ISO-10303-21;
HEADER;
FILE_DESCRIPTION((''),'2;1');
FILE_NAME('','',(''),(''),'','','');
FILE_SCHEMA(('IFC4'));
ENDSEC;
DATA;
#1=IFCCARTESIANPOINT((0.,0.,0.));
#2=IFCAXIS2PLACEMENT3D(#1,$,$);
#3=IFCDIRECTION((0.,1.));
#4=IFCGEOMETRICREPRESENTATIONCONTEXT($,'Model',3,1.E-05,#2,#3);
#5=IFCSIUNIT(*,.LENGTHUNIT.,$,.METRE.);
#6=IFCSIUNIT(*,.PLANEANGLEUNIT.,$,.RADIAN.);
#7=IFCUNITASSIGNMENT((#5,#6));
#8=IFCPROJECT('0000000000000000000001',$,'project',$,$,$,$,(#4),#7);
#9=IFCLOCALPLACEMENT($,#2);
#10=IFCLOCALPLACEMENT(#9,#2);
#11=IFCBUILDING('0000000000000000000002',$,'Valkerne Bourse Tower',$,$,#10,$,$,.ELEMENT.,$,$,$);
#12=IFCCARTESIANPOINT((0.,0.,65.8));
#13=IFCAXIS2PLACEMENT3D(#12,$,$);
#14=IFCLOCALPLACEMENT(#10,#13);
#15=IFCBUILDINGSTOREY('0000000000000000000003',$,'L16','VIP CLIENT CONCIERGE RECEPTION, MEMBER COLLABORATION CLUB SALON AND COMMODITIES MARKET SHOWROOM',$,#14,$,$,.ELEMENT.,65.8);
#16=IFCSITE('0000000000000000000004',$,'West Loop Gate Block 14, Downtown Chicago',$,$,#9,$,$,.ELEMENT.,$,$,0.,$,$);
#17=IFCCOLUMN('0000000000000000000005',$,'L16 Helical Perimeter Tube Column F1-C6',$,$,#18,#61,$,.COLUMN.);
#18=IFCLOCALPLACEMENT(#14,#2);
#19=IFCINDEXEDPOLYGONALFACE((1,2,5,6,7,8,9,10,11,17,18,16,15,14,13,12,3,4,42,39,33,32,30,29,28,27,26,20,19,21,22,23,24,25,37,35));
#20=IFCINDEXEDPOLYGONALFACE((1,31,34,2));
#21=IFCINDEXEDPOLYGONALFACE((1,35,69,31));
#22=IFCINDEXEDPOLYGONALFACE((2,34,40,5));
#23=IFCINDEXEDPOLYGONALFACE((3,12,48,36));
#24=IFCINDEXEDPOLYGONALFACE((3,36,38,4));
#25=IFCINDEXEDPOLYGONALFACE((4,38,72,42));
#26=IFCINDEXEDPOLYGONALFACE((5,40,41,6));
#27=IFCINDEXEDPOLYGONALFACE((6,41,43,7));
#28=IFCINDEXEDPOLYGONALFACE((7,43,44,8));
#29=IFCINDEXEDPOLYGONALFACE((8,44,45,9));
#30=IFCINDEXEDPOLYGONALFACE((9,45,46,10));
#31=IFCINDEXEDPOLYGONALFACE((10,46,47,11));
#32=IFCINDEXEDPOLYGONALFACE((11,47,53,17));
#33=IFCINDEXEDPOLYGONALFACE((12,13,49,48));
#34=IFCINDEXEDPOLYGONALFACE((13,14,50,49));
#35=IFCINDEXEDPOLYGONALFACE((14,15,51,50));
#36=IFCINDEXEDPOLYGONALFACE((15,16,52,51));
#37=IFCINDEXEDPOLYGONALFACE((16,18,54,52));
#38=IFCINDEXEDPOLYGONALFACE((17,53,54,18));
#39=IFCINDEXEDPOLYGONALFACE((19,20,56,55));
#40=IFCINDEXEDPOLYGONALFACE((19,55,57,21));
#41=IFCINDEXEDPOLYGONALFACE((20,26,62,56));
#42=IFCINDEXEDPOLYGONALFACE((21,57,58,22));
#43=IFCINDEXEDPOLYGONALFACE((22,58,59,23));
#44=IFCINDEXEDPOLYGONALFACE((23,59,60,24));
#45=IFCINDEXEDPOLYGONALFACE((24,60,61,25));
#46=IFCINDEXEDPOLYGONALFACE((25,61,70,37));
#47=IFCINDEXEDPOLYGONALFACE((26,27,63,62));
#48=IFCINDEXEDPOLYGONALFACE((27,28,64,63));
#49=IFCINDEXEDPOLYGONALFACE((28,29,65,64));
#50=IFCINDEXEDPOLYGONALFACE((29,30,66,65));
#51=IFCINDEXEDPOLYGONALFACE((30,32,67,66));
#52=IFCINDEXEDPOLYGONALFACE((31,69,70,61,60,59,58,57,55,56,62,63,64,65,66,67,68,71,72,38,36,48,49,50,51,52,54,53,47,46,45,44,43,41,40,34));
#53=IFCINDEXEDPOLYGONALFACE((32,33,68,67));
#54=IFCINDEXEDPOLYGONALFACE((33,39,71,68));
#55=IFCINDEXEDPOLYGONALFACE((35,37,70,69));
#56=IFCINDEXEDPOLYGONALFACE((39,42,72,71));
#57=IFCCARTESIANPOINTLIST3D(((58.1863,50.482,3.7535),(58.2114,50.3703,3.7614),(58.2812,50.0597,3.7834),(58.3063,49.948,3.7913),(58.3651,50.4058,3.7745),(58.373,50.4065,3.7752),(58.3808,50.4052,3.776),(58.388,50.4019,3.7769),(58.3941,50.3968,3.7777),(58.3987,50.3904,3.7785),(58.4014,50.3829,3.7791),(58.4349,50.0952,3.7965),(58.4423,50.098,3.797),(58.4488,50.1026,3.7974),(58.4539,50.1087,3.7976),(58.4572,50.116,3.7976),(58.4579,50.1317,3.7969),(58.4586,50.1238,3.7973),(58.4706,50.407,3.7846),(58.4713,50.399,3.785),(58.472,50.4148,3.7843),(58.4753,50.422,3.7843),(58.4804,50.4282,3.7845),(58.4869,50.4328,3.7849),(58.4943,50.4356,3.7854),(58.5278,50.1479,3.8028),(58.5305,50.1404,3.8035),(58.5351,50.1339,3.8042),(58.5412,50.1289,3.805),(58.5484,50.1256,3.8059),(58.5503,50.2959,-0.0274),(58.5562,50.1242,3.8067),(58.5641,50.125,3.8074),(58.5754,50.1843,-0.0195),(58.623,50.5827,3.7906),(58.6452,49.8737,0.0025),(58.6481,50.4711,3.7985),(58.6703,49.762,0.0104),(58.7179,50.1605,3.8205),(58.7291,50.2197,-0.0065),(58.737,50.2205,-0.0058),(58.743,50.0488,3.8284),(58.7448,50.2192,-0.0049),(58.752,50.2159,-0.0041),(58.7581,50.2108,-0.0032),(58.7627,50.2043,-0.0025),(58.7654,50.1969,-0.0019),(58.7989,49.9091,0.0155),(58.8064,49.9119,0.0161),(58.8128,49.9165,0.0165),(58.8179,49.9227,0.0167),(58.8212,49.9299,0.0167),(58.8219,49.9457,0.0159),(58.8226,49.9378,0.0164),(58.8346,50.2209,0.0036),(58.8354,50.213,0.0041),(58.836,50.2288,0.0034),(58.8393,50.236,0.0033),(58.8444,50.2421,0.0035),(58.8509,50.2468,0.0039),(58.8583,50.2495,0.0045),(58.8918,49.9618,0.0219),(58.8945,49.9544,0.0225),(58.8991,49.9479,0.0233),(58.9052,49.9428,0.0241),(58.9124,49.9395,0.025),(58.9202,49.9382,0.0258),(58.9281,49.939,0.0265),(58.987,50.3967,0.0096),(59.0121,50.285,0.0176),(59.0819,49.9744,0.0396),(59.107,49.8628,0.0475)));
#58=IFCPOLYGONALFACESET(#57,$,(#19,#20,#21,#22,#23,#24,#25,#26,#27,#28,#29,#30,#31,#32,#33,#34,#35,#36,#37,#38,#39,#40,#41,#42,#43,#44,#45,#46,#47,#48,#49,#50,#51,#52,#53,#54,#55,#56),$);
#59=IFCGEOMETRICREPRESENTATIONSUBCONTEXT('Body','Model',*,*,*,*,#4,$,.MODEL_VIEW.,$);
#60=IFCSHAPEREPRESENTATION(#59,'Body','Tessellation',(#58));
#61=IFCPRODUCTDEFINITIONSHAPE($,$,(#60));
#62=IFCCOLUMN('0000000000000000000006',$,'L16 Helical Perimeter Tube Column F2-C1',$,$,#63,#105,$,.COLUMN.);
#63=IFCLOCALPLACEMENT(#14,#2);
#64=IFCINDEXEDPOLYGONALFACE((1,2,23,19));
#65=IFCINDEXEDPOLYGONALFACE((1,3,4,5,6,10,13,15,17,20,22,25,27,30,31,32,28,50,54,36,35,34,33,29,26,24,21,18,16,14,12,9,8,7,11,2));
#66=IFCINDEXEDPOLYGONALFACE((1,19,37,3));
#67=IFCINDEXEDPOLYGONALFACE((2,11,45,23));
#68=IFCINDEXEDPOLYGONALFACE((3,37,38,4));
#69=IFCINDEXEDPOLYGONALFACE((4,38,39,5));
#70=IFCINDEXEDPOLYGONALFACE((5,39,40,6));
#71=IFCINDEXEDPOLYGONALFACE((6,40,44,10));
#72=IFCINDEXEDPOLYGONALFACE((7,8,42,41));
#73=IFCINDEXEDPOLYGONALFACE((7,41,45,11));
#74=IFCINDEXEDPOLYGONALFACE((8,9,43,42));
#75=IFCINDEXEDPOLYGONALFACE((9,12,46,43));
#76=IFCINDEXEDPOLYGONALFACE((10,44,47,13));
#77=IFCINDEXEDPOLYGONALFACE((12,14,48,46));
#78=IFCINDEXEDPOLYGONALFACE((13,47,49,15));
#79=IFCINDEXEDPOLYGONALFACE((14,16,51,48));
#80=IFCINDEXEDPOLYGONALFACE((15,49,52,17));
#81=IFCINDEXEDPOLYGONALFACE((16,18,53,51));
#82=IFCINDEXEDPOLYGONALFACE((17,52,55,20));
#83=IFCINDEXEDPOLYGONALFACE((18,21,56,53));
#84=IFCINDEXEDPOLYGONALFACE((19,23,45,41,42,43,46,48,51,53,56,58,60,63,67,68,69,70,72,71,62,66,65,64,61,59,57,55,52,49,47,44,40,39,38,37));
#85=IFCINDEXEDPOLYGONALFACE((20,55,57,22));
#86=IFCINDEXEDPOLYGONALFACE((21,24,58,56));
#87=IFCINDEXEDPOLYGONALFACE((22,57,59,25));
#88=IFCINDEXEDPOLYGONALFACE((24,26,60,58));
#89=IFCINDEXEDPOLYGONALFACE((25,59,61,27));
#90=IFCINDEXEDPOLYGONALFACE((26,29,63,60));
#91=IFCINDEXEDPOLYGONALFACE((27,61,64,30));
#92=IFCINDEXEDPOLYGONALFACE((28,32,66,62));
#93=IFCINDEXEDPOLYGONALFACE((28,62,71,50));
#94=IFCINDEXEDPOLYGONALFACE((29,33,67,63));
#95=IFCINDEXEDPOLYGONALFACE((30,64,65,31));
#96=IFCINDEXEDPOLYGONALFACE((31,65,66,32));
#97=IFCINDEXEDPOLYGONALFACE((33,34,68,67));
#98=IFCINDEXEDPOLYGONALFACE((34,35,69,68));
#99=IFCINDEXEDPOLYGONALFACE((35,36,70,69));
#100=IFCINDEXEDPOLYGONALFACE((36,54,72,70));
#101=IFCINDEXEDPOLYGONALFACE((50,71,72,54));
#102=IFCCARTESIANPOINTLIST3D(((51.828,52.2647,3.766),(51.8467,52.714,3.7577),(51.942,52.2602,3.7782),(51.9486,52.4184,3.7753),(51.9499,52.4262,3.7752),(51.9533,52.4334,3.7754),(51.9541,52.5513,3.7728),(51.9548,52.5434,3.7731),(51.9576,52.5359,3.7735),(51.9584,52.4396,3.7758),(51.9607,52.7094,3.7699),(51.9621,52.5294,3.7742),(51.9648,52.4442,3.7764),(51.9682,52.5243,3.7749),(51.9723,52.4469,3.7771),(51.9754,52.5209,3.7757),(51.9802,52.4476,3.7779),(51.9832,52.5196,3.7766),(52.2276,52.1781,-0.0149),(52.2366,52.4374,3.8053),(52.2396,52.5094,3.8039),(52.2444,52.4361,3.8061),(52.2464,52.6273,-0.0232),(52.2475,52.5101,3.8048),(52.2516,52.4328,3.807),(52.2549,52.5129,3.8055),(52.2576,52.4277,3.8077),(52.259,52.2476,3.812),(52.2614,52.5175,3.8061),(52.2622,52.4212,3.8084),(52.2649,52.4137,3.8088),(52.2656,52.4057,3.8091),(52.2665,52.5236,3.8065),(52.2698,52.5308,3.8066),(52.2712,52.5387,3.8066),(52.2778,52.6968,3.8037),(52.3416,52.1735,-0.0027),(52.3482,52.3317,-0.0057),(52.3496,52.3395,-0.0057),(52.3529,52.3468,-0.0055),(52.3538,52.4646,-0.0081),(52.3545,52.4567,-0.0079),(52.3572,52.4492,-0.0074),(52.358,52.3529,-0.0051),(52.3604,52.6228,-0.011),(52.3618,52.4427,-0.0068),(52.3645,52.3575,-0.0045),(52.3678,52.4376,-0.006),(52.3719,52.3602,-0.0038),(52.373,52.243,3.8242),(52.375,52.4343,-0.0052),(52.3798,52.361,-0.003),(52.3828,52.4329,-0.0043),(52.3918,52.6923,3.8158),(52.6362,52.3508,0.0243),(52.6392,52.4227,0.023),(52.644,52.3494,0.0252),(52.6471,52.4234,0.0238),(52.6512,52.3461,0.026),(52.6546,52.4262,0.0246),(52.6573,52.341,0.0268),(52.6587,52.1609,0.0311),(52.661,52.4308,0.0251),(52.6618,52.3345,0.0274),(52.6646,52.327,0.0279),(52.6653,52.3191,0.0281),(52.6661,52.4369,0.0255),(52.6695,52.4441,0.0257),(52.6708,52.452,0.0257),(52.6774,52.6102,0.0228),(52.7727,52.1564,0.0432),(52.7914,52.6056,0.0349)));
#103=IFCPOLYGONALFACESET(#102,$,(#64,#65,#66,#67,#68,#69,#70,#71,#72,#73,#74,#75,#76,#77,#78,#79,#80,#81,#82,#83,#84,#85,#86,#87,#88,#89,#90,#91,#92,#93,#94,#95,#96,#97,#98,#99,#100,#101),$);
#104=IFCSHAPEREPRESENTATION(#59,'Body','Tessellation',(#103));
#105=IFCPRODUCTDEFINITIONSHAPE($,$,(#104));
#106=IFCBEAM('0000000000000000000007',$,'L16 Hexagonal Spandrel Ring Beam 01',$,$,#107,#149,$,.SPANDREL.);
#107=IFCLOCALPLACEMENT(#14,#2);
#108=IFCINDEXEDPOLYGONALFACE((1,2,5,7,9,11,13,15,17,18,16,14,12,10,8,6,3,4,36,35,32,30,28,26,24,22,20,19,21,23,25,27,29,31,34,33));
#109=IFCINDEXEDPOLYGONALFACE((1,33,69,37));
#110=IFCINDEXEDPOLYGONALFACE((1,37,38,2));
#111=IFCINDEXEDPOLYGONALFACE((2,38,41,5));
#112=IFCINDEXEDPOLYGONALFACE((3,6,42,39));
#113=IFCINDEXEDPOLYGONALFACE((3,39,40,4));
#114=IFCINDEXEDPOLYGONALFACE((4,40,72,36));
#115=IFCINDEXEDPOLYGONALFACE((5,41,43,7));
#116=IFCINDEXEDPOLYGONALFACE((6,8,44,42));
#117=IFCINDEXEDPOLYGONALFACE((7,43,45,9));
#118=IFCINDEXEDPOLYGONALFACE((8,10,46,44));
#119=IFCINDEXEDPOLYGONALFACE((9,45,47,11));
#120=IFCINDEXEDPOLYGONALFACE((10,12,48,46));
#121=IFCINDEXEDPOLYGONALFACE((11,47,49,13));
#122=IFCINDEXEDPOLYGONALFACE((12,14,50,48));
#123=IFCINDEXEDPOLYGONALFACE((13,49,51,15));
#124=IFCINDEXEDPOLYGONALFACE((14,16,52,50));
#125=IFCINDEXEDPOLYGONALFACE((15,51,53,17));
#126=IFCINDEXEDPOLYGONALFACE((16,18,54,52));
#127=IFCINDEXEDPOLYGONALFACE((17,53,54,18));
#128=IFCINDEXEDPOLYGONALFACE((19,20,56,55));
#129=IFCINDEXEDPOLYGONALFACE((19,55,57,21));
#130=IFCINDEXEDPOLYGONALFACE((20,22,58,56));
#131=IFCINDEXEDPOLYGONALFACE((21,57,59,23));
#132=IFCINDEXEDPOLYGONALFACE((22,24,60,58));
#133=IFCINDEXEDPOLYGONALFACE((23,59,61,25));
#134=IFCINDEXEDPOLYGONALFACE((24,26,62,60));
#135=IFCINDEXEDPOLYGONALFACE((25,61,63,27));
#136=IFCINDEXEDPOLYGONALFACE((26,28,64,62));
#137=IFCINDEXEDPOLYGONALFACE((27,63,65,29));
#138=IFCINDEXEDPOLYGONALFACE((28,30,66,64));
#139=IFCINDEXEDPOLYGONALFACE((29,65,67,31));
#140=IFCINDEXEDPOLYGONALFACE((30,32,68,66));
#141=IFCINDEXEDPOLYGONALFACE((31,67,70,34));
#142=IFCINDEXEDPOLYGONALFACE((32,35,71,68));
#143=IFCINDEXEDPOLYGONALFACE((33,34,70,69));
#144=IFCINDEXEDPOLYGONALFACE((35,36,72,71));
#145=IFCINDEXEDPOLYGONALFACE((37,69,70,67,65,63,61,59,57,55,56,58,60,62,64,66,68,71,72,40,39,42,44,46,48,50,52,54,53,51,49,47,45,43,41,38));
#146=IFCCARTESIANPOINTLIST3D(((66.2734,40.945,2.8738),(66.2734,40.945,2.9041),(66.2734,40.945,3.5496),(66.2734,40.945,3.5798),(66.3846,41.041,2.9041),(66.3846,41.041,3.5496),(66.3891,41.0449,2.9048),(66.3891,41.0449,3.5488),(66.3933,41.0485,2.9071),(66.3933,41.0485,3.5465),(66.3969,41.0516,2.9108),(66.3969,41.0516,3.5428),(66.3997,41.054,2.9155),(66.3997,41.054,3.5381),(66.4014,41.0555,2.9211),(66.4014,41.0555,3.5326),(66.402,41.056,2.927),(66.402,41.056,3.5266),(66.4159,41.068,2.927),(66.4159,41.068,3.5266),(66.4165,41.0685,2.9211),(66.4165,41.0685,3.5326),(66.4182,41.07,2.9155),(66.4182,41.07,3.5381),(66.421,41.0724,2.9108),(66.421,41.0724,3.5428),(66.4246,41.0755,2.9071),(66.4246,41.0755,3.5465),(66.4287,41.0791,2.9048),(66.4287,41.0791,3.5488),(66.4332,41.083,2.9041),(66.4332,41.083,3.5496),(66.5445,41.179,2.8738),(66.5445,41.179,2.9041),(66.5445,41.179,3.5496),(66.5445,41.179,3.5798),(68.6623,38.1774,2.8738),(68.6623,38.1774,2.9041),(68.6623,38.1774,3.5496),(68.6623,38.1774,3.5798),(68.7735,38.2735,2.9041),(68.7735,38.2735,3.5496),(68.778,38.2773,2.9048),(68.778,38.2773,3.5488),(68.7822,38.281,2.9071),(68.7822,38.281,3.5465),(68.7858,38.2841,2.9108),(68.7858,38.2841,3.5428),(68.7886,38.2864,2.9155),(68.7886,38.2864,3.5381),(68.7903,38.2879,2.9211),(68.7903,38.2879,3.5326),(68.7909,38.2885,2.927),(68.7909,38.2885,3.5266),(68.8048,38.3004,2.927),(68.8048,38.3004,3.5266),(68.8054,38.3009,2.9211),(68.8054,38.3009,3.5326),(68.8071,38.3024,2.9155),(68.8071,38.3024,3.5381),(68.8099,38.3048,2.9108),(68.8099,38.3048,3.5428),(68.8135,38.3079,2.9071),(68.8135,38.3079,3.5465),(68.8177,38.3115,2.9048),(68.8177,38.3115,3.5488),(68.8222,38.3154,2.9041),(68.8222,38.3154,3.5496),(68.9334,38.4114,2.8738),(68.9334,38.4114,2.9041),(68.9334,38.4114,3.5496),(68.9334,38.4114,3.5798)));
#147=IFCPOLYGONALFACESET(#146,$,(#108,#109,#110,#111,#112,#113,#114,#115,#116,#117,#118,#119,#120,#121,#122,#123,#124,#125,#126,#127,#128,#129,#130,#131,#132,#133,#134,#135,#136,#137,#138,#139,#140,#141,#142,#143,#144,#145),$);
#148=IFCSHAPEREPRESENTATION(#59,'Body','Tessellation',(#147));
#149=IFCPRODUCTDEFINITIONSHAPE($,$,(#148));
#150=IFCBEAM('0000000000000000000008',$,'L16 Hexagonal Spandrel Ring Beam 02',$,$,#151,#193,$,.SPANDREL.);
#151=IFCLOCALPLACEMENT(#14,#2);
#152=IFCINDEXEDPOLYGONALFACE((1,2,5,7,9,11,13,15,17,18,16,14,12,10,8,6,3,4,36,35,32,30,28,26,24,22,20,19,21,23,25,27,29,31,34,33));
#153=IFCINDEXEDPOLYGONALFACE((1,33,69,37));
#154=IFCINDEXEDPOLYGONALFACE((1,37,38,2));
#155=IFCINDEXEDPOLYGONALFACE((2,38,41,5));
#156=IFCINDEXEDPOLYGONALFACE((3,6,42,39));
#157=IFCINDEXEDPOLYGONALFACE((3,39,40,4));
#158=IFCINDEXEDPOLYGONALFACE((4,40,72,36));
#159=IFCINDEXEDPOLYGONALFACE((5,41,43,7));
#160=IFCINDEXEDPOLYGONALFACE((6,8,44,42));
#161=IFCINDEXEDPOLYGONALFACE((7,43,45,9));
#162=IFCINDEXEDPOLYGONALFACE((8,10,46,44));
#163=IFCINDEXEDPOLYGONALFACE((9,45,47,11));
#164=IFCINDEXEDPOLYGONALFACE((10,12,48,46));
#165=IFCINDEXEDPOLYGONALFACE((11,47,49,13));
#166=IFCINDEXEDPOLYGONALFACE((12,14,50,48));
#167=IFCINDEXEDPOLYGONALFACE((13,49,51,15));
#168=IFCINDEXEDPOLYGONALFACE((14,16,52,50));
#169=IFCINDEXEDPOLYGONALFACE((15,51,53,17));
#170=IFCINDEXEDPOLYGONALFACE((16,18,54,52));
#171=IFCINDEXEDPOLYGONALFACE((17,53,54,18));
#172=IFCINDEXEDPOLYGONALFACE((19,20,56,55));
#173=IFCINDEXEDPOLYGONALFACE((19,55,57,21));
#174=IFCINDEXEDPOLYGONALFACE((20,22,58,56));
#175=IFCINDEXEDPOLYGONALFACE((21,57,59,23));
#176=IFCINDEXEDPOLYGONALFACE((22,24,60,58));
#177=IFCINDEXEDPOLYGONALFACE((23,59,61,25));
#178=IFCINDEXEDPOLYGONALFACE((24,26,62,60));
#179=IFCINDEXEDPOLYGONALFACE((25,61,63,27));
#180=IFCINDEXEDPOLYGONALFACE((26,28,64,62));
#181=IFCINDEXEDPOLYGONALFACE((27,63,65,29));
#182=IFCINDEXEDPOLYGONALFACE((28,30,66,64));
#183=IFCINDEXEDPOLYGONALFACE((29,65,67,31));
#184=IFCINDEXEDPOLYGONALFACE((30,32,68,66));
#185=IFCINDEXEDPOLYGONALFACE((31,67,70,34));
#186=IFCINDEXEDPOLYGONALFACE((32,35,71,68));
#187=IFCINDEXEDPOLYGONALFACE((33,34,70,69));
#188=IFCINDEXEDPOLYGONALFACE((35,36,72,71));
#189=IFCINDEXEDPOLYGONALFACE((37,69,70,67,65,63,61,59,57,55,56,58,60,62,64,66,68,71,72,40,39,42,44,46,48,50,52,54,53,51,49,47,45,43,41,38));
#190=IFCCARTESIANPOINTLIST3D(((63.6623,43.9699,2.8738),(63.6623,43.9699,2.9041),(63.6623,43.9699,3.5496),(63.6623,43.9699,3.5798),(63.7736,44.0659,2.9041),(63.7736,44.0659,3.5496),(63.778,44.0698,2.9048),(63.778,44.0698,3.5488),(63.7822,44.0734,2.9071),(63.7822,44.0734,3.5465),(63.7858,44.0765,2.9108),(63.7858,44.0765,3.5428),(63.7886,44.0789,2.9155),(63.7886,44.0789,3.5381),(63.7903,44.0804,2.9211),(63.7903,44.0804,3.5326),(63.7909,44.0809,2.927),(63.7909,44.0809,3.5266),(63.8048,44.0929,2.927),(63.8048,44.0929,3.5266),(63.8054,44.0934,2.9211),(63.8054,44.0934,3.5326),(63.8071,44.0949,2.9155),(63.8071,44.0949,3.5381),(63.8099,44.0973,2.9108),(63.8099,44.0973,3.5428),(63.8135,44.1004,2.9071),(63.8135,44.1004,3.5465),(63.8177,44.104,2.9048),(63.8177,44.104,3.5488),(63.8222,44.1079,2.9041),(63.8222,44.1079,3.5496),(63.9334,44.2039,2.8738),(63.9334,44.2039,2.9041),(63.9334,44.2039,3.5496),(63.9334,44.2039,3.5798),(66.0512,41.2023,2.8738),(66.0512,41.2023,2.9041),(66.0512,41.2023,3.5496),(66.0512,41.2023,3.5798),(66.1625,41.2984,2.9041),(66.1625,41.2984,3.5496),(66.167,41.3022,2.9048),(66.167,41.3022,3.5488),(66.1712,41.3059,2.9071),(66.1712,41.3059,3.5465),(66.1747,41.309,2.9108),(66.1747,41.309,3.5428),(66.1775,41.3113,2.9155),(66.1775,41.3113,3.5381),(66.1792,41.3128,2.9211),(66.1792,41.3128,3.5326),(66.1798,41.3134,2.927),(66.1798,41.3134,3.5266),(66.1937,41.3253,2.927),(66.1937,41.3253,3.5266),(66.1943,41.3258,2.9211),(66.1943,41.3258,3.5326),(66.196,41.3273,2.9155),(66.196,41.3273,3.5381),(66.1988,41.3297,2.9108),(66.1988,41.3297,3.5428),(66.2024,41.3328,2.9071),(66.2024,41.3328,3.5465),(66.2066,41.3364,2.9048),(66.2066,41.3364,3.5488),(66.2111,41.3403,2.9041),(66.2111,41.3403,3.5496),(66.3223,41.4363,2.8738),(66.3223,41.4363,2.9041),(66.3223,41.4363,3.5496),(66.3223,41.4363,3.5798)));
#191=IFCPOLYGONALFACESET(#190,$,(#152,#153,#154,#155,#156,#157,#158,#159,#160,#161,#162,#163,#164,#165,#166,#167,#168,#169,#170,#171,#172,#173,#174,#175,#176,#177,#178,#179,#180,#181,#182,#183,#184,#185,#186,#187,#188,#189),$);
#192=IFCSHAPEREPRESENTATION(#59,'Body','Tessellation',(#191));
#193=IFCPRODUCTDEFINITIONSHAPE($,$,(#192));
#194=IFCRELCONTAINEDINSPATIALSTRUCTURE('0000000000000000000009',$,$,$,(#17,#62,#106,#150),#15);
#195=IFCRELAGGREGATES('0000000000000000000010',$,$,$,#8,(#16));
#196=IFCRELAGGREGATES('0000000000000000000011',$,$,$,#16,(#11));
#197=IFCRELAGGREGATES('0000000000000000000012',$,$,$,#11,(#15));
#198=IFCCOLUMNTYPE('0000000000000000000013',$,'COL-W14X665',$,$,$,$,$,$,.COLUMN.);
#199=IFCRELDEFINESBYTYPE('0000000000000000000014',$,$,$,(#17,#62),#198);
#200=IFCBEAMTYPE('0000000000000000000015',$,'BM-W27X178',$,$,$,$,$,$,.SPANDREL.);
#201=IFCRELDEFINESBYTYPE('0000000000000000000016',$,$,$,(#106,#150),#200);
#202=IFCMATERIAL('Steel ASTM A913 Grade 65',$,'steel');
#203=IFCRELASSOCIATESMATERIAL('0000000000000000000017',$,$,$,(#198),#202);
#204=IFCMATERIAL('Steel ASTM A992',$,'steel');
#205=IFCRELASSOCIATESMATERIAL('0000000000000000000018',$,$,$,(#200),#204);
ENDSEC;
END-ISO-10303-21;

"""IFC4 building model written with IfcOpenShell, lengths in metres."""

from ifc_helpers import new_model, si_unit, direction, frame, origin, origin_2d, place, context, subcontext, project, spatial, i_section, extrude, material, material_profile, profile_set, type_object, element, save


model = new_model("IFC4")

# Units and contexts
model_context = context("Model", 3, precision=1e-05, world=origin(), true_north=direction((0.0, 1.0)))
body_context = subcontext(model_context, "Body", "Model", "MODEL_VIEW")
ifc_project = project(units=[si_unit("LENGTHUNIT", "METRE"), si_unit("PLANEANGLEUNIT", "RADIAN")], contexts=[model_context])

# Site, building, storey
site_placement = place(None, origin())
site = spatial("IfcSite", under=ifc_project, at=site_placement, Name="West Loop Gate Block 14, Downtown Chicago", CompositionType="ELEMENT", RefElevation=0.0)
building_placement = place(site_placement, origin())
building = spatial("IfcBuilding", under=site, at=building_placement, Name="Valkerne Bourse Tower", CompositionType="ELEMENT")
storey_placement = place(building_placement, frame((0.0, 0.0, 65.8)))
storey = spatial("IfcBuildingStorey", under=building, at=storey_placement, Name="L16", Description="VIP CLIENT CONCIERGE RECEPTION, MEMBER COLLABORATION CLUB SALON AND COMMODITIES MARKET SHOWROOM", CompositionType="ELEMENT", Elevation=65.8)

# Columns
ifc_material_1 = material(Name="Steel ASTM A913 Grade 65", Category="steel")
ifc_material_profile_1 = material_profile(ifc_material_1, i_section(OverallWidth=0.4497, OverallDepth=0.5486, WebThickness=0.072, FlangeThickness=0.1147, FilletRadius=0.0305, at=origin_2d()), Name="W14X665")
ifc_profile_set_1 = profile_set([ifc_material_profile_1], Name="Steel ASTM A913 Grade 65")
column_type = type_object("IfcColumnType", Name="COL-W14X665", PredefinedType="COLUMN", material=ifc_profile_set_1)
for number, where, z_axis, x_axis, name in (
    (1, (58.8286, 50.0793, 0.01), (-0.095716, 0.048917, 0.994206), (0.971075, 0.224081, 0.082464), "L16 Helical Perimeter Tube Column F1-C6"),
    (2, (52.5095, 52.3918, 0.01), (-0.105089, 0.02279, 0.994202), (0.041729, 0.998958, -0.018488), "L16 Helical Perimeter Tube Column F2-C1"),
):
    element("IfcColumn", number, at=place(storey_placement, frame(where, z_axis=z_axis, x_axis=x_axis)), inside=storey, type_object=column_type, Name=name, PredefinedType="COLUMN", context=body_context, shape_type="SweptSolid", body=[
        extrude(i_section(OverallWidth=0.4497, OverallDepth=0.5486, WebThickness=0.072, FlangeThickness=0.1147, FilletRadius=0.0305, at=origin_2d()), origin(), (0.0, 0.0, 1.0), 3.803),
    ])

# Beams
ifc_material_2 = material(Name="Steel ASTM A992", Category="steel")
ifc_material_profile_2 = material_profile(ifc_material_2, i_section(OverallWidth=0.3582, OverallDepth=0.7061, WebThickness=0.0183, FlangeThickness=0.0303, FilletRadius=0.0229, at=origin_2d()), Name="W27X178")
ifc_profile_set_2 = profile_set([ifc_material_profile_2], Name="Steel ASTM A992")
beam_type = type_object("IfcBeamType", Name="BM-W27X178", PredefinedType="SPANDREL", material=ifc_profile_set_2)
for number, where, z_axis, x_axis, name in (
    (3, (68.7979, 38.2944, 3.2268), (-0.653422, 0.756994, 0.0), (-0.756994, -0.653422, 0.0), "L16 Hexagonal Spandrel Ring Beam 01"),
    (4, (66.1868, 41.3193, 3.2268), (-0.653422, 0.756994, 0.0), (-0.756994, -0.653422, 0.0), "L16 Hexagonal Spandrel Ring Beam 02"),
):
    element("IfcBeam", number, at=place(storey_placement, frame(where, z_axis=z_axis, x_axis=x_axis)), inside=storey, type_object=beam_type, Name=name, PredefinedType="SPANDREL", context=body_context, shape_type="SweptSolid", body=[
        extrude(i_section(OverallWidth=0.3582, OverallDepth=0.7061, WebThickness=0.0183, FlangeThickness=0.0303, FilletRadius=0.0229, at=origin_2d()), origin(), (0.0, 0.0, 1.0), 3.656),
    ])

save(model, "model.ifc")
